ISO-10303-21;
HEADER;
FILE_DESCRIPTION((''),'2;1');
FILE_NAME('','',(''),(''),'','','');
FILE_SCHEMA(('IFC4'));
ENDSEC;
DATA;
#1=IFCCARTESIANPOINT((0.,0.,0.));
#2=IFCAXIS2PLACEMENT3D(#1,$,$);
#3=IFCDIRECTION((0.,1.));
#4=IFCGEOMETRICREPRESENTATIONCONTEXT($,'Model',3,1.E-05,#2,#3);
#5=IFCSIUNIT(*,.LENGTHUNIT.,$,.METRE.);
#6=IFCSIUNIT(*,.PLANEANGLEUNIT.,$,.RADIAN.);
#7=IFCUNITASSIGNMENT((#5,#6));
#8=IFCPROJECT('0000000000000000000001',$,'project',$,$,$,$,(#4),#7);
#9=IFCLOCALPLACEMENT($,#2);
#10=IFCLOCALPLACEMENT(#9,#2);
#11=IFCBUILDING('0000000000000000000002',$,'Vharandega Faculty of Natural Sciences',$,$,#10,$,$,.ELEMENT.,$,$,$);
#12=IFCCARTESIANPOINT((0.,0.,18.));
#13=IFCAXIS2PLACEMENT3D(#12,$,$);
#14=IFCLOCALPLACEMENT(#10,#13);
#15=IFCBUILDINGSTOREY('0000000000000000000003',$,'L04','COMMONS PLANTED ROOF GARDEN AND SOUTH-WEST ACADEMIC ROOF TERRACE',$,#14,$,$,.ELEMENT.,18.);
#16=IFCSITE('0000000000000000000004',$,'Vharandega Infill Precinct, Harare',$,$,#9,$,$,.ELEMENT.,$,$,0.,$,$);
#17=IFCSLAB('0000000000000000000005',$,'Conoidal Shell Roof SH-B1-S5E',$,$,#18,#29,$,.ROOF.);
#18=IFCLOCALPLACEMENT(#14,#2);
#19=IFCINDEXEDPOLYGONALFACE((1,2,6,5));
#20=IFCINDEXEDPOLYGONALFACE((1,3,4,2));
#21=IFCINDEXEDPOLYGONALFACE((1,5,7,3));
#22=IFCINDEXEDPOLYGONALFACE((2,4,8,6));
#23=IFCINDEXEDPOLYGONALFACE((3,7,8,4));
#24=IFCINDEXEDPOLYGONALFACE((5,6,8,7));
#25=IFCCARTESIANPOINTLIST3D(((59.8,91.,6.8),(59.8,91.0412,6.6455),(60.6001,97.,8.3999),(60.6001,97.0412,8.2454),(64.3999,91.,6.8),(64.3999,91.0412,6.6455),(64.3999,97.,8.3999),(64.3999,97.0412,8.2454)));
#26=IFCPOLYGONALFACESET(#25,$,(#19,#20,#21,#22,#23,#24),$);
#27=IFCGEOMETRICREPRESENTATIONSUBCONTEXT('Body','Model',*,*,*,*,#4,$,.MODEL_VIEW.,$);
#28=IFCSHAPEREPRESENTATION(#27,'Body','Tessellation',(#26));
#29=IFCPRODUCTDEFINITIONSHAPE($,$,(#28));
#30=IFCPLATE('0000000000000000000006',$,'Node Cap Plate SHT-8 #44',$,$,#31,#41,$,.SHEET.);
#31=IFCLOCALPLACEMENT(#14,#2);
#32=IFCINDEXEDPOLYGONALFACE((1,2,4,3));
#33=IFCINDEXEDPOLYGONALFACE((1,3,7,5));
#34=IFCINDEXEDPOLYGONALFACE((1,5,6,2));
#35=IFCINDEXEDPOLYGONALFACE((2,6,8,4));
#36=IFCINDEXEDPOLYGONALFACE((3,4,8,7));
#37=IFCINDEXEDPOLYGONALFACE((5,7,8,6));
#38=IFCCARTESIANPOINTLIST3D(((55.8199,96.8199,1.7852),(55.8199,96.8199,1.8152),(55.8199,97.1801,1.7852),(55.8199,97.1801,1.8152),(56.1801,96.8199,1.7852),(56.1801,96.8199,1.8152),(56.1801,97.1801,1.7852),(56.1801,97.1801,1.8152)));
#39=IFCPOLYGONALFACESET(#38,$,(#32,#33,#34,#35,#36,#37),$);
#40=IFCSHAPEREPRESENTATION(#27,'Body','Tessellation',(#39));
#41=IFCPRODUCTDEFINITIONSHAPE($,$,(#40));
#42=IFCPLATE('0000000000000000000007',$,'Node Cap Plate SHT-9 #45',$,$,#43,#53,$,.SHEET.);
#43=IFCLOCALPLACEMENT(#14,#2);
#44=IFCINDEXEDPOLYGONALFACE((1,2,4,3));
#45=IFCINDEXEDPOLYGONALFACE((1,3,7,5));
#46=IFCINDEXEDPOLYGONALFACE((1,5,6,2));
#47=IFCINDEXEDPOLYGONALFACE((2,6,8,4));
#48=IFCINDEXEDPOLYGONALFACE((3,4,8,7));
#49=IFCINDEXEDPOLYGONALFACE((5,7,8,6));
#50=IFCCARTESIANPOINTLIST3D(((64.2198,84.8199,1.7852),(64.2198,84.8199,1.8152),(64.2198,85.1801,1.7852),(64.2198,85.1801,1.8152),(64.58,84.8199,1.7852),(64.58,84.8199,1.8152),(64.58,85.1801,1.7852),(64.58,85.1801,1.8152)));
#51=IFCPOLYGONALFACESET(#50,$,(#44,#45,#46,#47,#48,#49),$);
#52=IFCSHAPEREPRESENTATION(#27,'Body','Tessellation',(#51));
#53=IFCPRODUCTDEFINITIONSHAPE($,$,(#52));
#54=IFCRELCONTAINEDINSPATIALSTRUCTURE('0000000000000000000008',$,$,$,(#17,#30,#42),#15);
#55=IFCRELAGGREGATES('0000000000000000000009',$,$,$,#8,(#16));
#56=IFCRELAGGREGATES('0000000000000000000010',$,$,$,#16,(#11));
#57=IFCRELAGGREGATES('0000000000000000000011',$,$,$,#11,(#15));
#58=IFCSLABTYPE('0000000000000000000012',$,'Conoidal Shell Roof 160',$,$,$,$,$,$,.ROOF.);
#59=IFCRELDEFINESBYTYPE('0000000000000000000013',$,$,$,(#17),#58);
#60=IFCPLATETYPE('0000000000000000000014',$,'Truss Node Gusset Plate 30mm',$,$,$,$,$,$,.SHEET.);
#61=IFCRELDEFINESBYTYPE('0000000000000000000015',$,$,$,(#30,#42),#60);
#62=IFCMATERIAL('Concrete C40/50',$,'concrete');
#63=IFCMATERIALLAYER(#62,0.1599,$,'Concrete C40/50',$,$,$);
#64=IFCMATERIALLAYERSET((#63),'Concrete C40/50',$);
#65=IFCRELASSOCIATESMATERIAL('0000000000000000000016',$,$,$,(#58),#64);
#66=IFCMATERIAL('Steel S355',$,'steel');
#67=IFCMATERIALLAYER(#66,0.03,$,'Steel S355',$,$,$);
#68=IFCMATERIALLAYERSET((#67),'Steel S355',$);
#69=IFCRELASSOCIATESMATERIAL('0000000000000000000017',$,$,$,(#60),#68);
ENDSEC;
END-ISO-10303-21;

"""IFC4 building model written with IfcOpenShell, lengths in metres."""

from ifc_helpers import new_model, si_unit, direction, frame, origin, origin_2d, place, context, subcontext, project, spatial, polyline, rectangle, outline, extrude, material, layer, layer_set, type_object, element, save


model = new_model("IFC4")

# Units and contexts
model_context = context("Model", 3, precision=1e-05, world=origin(), true_north=direction((0.0, 1.0)))
body_context = subcontext(model_context, "Body", "Model", "MODEL_VIEW")
ifc_project = project(units=[si_unit("LENGTHUNIT", "METRE"), si_unit("PLANEANGLEUNIT", "RADIAN")], contexts=[model_context])

# Site, building, storey
site_placement = place(None, origin())
site = spatial("IfcSite", under=ifc_project, at=site_placement, Name="Vharandega Infill Precinct, Harare", CompositionType="ELEMENT", RefElevation=0.0)
building_placement = place(site_placement, origin())
building = spatial("IfcBuilding", under=site, at=building_placement, Name="Vharandega Faculty of Natural Sciences", CompositionType="ELEMENT")
storey_placement = place(building_placement, frame((0.0, 0.0, 18.0)))
storey = spatial("IfcBuildingStorey", under=building, at=storey_placement, Name="L04", Description="COMMONS PLANTED ROOF GARDEN AND SOUTH-WEST ACADEMIC ROOF TERRACE", CompositionType="ELEMENT", Elevation=18.0)

# Slab
ifc_material_1 = material(Name="Concrete C40/50", Category="concrete")
ifc_layer_1 = layer(ifc_material_1, 0.1599, Name="Concrete C40/50")
ifc_layer_set_1 = layer_set([ifc_layer_1], Name="Concrete C40/50")
slab_type = type_object("IfcSlabType", Name="Conoidal Shell Roof 160", PredefinedType="ROOF", material=ifc_layer_set_1)
slab_1_placement = place(storey_placement, frame((59.8, 91.0, 6.8), z_axis=(0.0, -0.257641, 0.966241), x_axis=(1.0, 0.0, 0.0)))
element("IfcSlab", 1, at=slab_1_placement, inside=storey, type_object=slab_type, Name="Conoidal Shell Roof SH-B1-S5E", PredefinedType="ROOF", context=body_context, shape_type="SweptSolid", body=[
    extrude(outline(polyline([(0.0, 0.0), (4.5999, 0.0), (4.5999, 6.2096), (0.8, 6.2096), (0.0, 0.0)])), origin(), (0.0, 0.0, -1.0), 0.1599),
])

# Plates
ifc_material_2 = material(Name="Steel S355", Category="steel")
ifc_layer_2 = layer(ifc_material_2, 0.03, Name="Steel S355")
ifc_layer_set_2 = layer_set([ifc_layer_2], Name="Steel S355")
plate_type = type_object("IfcPlateType", Name="Truss Node Gusset Plate 30mm", PredefinedType="SHEET", material=ifc_layer_set_2)
for number, where, z_axis, x_axis, name in (
    (2, (56.0, 97.0, 1.7852), (0.0, 0.0, 1.0), (1.0, 0.0, 0.0), "Node Cap Plate SHT-8 #44"),
    (3, (64.3999, 85.0, 1.7852), (0.0, 0.0, 1.0), (1.0, 0.0, 0.0), "Node Cap Plate SHT-9 #45"),
):
    element("IfcPlate", number, at=place(storey_placement, frame(where, z_axis=z_axis, x_axis=x_axis)), inside=storey, type_object=plate_type, Name=name, PredefinedType="SHEET", context=body_context, shape_type="SweptSolid", body=[
        extrude(rectangle(XDim=0.3601, YDim=0.3601, at=origin_2d()), origin(), (0.0, 0.0, 1.0), 0.03),
    ])

save(model, "model.ifc")
